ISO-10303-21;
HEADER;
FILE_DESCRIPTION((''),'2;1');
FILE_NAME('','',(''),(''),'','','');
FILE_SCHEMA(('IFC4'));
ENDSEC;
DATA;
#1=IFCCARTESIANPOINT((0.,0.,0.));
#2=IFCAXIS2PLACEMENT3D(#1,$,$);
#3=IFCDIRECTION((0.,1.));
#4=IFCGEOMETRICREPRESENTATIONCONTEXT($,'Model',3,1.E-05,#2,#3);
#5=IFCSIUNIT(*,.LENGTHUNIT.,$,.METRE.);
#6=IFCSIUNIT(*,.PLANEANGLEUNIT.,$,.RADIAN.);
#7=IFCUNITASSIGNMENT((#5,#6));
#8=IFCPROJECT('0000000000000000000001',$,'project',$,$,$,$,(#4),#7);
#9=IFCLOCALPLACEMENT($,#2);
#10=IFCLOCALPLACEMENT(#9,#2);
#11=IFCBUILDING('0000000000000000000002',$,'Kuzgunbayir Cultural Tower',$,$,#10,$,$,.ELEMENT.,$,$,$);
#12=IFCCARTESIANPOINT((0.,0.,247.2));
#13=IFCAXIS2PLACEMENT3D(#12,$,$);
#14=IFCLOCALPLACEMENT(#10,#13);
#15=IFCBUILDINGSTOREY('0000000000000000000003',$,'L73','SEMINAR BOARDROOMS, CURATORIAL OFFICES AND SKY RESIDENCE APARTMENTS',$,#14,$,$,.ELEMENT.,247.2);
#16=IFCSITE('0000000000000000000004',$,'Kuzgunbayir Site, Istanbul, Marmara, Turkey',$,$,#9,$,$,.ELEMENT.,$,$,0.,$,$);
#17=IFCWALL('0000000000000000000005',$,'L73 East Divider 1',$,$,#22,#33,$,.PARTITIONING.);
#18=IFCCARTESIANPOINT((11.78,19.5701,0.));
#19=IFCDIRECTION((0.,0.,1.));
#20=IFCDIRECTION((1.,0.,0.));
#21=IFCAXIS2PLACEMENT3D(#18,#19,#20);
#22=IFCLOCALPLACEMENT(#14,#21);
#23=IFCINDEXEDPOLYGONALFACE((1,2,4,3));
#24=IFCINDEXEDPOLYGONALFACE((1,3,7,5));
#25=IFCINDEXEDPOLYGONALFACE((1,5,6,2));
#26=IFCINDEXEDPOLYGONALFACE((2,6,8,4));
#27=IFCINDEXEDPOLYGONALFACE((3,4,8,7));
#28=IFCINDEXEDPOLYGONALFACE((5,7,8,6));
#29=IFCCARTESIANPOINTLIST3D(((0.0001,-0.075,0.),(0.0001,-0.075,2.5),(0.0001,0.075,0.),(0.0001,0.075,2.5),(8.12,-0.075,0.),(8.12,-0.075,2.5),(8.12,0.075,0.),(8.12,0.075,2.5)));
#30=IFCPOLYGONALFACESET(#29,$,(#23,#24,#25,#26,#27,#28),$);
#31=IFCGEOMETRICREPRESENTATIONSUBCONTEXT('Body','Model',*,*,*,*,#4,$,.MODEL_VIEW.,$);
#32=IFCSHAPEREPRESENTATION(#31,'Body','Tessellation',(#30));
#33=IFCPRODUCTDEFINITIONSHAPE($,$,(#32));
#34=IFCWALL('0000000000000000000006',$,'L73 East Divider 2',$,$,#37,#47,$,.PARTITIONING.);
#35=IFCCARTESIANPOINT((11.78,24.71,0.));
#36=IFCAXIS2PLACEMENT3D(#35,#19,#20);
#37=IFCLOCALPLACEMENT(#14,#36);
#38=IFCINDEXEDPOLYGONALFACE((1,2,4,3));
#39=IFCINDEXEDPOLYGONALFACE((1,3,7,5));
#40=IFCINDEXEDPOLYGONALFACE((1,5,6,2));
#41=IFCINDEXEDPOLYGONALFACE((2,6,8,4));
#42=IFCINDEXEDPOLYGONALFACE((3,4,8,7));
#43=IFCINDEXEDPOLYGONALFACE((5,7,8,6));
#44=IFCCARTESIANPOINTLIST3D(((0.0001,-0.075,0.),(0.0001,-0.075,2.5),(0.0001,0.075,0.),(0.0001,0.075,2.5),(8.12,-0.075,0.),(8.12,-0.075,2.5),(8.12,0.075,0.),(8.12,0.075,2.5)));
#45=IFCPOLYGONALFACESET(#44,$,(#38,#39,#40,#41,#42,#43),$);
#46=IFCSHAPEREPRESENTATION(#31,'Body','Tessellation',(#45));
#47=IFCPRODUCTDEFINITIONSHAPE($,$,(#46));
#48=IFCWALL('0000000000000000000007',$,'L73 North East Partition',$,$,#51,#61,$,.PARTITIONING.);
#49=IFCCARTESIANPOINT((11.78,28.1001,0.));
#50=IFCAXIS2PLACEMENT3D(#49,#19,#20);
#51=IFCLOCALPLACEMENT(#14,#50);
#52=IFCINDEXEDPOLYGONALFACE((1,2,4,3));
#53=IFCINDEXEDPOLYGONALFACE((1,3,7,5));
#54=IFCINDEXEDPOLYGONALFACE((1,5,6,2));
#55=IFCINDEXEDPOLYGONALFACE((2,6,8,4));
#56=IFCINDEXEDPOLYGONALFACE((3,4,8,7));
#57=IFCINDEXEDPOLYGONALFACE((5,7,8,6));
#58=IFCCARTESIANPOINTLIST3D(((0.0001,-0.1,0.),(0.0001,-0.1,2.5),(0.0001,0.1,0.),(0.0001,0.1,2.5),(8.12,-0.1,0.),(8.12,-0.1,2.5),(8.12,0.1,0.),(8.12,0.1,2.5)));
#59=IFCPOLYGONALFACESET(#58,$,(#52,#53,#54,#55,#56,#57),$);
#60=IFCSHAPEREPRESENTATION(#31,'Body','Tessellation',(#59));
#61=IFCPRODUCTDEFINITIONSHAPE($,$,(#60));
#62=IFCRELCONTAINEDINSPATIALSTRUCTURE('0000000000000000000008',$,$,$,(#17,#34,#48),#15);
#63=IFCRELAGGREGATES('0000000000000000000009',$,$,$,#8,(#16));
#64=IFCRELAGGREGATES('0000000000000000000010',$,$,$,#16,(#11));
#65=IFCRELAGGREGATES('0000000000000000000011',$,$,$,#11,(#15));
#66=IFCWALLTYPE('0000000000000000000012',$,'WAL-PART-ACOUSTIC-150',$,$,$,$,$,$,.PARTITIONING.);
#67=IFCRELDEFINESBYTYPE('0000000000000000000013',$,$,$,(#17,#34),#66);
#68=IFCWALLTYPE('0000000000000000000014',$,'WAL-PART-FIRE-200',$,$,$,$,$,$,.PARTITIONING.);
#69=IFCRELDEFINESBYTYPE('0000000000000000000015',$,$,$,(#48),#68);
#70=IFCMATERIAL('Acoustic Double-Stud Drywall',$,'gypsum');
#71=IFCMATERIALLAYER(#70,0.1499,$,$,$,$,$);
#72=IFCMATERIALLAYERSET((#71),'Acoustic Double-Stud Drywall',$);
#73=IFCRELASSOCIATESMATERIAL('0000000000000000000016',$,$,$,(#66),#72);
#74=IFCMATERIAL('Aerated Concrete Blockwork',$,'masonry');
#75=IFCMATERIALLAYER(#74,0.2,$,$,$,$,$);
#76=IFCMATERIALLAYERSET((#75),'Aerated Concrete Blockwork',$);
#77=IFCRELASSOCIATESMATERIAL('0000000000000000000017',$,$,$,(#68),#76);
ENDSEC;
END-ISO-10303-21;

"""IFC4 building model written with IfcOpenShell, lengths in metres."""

from ifc_helpers import new_model, si_unit, direction, frame, frame_2d, origin, place, context, subcontext, project, spatial, rectangle, extrude, material, layer, layer_set, type_object, element, save


model = new_model("IFC4")

# Units and contexts
model_context = context("Model", 3, precision=1e-05, world=origin(), true_north=direction((0.0, 1.0)))
body_context = subcontext(model_context, "Body", "Model", "MODEL_VIEW")
ifc_project = project(units=[si_unit("LENGTHUNIT", "METRE"), si_unit("PLANEANGLEUNIT", "RADIAN")], contexts=[model_context])

# Site, building, storey
site_placement = place(None, origin())
site = spatial("IfcSite", under=ifc_project, at=site_placement, Name="Kuzgunbayir Site, Istanbul, Marmara, Turkey", CompositionType="ELEMENT", RefElevation=0.0)
building_placement = place(site_placement, origin())
building = spatial("IfcBuilding", under=site, at=building_placement, Name="Kuzgunbayir Cultural Tower", CompositionType="ELEMENT")
storey_placement = place(building_placement, frame((0.0, 0.0, 247.2)))
storey = spatial("IfcBuildingStorey", under=building, at=storey_placement, Name="L73", Description="SEMINAR BOARDROOMS, CURATORIAL OFFICES AND SKY RESIDENCE APARTMENTS", CompositionType="ELEMENT", Elevation=247.2)

# Walls
ifc_material_1 = material(Name="Acoustic Double-Stud Drywall", Category="gypsum")
ifc_layer_1 = layer(ifc_material_1, 0.1499)
ifc_layer_set_1 = layer_set([ifc_layer_1], Name="Acoustic Double-Stud Drywall")
wall_type_1 = type_object("IfcWallType", Name="WAL-PART-ACOUSTIC-150", PredefinedType="PARTITIONING", material=ifc_layer_set_1)
for number, where, z_axis, x_axis, name in (
    (1, (11.78, 19.5701, 0.0), (0.0, 0.0, 1.0), (1.0, 0.0, 0.0), "L73 East Divider 1"),
    (2, (11.78, 24.71, 0.0), (0.0, 0.0, 1.0), (1.0, 0.0, 0.0), "L73 East Divider 2"),
):
    element("IfcWall", number, at=place(storey_placement, frame(where, z_axis=z_axis, x_axis=x_axis)), inside=storey, type_object=wall_type_1, Name=name, PredefinedType="PARTITIONING", context=body_context, shape_type="SweptSolid", body=[
        extrude(rectangle(XDim=8.1199, YDim=0.1499, at=frame_2d((4.0601, 0.0))), origin(), (0.0, 0.0, 1.0), 2.5),
    ])

# Shared definitions
ifc_material_2 = material(Name="Aerated Concrete Blockwork", Category="masonry")
ifc_layer_2 = layer(ifc_material_2, 0.2)
ifc_layer_set_2 = layer_set([ifc_layer_2], Name="Aerated Concrete Blockwork")
wall_type_2 = type_object("IfcWallType", Name="WAL-PART-FIRE-200", PredefinedType="PARTITIONING", material=ifc_layer_set_2)

# Wall
wall_1_placement = place(storey_placement, frame((11.78, 28.1001, 0.0), z_axis=(0.0, 0.0, 1.0), x_axis=(1.0, 0.0, 0.0)))
element("IfcWall", 3, at=wall_1_placement, inside=storey, type_object=wall_type_2, Name="L73 North East Partition", PredefinedType="PARTITIONING", context=body_context, shape_type="SweptSolid", body=[
    extrude(rectangle(XDim=8.1199, YDim=0.2, at=frame_2d((4.0601, 0.0))), origin(), (0.0, 0.0, 1.0), 2.5),
])

save(model, "model.ifc")
